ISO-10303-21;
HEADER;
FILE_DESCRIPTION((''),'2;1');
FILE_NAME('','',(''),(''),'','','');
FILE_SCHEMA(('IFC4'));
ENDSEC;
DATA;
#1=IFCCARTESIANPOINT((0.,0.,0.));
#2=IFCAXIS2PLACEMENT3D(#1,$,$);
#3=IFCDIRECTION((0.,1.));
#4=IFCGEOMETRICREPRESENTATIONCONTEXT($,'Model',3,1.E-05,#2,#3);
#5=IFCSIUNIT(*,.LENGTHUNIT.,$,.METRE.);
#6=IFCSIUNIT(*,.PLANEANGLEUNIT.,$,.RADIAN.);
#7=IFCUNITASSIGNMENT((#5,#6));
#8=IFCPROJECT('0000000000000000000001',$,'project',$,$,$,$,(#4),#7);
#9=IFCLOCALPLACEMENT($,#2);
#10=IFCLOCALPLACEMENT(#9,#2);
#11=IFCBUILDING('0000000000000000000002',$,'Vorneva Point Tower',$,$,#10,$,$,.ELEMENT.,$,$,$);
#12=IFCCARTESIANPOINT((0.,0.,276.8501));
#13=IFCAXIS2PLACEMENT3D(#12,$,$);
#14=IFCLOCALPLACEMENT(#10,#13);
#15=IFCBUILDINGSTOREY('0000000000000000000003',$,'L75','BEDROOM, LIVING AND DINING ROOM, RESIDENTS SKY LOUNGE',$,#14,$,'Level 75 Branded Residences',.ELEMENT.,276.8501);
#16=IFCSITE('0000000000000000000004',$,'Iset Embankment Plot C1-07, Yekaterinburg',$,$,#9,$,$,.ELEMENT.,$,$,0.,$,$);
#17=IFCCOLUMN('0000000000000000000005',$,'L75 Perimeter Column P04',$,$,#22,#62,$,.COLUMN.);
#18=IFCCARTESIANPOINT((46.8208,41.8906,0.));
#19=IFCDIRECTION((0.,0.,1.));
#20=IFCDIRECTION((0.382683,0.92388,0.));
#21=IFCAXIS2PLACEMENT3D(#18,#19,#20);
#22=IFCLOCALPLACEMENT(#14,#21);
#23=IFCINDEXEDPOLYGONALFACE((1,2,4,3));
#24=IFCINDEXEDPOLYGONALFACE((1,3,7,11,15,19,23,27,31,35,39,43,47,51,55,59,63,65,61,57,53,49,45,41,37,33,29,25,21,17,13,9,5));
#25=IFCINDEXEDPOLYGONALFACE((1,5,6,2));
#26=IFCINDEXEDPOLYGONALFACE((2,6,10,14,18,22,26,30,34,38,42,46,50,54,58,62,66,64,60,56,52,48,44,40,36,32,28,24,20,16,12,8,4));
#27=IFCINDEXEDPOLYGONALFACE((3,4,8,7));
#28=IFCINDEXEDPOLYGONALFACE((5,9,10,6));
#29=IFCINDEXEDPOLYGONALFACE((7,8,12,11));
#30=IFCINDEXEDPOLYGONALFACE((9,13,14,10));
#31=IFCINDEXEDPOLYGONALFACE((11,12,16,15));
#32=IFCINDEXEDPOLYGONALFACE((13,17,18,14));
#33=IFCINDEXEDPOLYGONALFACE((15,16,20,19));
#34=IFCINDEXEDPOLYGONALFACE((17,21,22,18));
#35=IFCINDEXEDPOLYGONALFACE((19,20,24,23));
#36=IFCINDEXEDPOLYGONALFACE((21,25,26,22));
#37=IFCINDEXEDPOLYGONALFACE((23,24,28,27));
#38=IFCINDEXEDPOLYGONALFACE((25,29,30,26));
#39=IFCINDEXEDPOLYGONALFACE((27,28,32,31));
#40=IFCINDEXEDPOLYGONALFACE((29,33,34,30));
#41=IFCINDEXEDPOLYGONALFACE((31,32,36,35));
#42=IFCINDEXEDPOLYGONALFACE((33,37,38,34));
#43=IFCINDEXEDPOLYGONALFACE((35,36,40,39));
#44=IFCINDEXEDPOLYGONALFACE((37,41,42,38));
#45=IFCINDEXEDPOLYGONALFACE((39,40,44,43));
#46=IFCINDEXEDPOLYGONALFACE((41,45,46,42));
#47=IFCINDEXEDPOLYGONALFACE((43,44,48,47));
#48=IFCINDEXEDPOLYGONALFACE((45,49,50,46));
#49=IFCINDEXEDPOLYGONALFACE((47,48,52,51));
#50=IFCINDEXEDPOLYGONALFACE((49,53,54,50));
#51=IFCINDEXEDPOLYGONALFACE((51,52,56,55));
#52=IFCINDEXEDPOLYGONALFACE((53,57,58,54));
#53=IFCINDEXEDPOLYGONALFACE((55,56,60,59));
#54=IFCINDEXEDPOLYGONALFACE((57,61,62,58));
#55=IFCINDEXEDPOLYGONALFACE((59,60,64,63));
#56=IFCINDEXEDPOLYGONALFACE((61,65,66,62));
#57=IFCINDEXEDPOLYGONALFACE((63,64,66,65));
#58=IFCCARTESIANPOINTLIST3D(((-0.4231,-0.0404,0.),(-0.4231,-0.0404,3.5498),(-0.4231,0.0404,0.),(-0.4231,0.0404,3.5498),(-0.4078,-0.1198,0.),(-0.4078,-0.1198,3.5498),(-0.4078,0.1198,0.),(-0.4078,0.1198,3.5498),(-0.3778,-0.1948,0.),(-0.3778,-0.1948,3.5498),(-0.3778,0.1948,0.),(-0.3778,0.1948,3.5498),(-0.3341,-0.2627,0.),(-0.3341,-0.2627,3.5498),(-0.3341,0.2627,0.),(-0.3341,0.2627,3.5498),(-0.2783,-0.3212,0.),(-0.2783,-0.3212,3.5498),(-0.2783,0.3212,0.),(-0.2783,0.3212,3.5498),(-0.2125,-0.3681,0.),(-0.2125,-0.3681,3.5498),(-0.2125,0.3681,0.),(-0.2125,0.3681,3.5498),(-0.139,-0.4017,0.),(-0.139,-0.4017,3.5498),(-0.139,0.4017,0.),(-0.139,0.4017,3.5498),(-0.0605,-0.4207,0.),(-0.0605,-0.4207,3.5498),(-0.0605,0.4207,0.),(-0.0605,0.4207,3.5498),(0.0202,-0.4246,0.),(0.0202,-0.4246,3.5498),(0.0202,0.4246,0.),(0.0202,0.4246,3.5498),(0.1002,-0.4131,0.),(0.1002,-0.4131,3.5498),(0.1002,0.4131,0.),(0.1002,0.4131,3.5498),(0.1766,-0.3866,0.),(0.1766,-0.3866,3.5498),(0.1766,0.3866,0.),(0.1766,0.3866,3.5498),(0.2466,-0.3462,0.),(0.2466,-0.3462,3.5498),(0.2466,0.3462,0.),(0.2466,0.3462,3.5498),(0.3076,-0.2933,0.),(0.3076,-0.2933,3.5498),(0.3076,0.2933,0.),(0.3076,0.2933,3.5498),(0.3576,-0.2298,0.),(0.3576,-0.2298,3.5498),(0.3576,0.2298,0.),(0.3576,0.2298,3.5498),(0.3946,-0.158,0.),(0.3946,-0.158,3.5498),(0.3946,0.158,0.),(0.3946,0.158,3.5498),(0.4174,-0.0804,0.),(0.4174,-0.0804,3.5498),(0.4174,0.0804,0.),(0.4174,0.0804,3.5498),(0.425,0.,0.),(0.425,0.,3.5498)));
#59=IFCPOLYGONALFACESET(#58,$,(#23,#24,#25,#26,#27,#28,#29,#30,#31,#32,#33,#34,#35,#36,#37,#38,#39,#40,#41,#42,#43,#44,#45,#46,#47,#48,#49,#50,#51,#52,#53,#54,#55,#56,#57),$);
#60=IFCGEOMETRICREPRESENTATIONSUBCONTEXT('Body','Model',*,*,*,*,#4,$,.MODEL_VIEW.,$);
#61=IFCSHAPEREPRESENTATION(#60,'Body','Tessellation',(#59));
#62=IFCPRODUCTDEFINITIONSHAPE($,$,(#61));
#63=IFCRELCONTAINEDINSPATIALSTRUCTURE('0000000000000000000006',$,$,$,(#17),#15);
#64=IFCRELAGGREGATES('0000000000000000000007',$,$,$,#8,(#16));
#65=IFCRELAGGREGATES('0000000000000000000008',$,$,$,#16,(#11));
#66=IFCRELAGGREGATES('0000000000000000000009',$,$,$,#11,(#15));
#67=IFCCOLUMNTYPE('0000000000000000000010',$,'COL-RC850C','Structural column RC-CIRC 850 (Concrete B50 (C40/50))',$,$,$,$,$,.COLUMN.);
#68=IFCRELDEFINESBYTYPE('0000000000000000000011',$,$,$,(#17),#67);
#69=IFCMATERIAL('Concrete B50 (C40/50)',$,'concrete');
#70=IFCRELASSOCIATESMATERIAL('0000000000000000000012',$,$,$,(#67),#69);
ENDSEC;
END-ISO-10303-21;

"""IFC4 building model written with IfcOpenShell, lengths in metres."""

from ifc_helpers import new_model, si_unit, direction, frame, origin, origin_2d, place, context, subcontext, project, spatial, circle, extrude, material, material_profile, profile_set, type_object, element, save


model = new_model("IFC4")

# Units and contexts
model_context = context("Model", 3, precision=1e-05, world=origin(), true_north=direction((0.0, 1.0)))
body_context = subcontext(model_context, "Body", "Model", "MODEL_VIEW")
ifc_project = project(units=[si_unit("LENGTHUNIT", "METRE"), si_unit("PLANEANGLEUNIT", "RADIAN")], contexts=[model_context])

# Site, building, storey
site_placement = place(None, origin())
site = spatial("IfcSite", under=ifc_project, at=site_placement, Name="Iset Embankment Plot C1-07, Yekaterinburg", CompositionType="ELEMENT", RefElevation=0.0)
building_placement = place(site_placement, origin())
building = spatial("IfcBuilding", under=site, at=building_placement, Name="Vorneva Point Tower", CompositionType="ELEMENT")
storey_placement = place(building_placement, frame((0.0, 0.0, 276.8501)))
storey = spatial("IfcBuildingStorey", under=building, at=storey_placement, Name="L75", Description="BEDROOM, LIVING AND DINING ROOM, RESIDENTS SKY LOUNGE", LongName="Level 75 Branded Residences", CompositionType="ELEMENT", Elevation=276.8501)

# Column
ifc_material_1 = material(Name="Concrete B50 (C40/50)", Category="concrete")
ifc_material_profile_1 = material_profile(ifc_material_1, circle(Radius=0.425, at=origin_2d()), Name="RC-CIRC 850")
ifc_profile_set_1 = profile_set([ifc_material_profile_1], Name="Concrete B50 (C40/50)")
column_type = type_object("IfcColumnType", Name="COL-RC850C", Description="Structural column RC-CIRC 850 (Concrete B50 (C40/50))", PredefinedType="COLUMN", material=ifc_profile_set_1)
column_placement = place(storey_placement, frame((46.8208, 41.8906, 0.0), z_axis=(0.0, 0.0, 1.0), x_axis=(0.382683, 0.92388, 0.0)))
element("IfcColumn", 1, at=column_placement, inside=storey, type_object=column_type, Name="L75 Perimeter Column P04", PredefinedType="COLUMN", context=body_context, shape_type="SweptSolid", body=[
    extrude(circle(Radius=0.425, at=origin_2d()), origin(), (0.0, 0.0, 1.0), 3.5498),
])

save(model, "model.ifc")
